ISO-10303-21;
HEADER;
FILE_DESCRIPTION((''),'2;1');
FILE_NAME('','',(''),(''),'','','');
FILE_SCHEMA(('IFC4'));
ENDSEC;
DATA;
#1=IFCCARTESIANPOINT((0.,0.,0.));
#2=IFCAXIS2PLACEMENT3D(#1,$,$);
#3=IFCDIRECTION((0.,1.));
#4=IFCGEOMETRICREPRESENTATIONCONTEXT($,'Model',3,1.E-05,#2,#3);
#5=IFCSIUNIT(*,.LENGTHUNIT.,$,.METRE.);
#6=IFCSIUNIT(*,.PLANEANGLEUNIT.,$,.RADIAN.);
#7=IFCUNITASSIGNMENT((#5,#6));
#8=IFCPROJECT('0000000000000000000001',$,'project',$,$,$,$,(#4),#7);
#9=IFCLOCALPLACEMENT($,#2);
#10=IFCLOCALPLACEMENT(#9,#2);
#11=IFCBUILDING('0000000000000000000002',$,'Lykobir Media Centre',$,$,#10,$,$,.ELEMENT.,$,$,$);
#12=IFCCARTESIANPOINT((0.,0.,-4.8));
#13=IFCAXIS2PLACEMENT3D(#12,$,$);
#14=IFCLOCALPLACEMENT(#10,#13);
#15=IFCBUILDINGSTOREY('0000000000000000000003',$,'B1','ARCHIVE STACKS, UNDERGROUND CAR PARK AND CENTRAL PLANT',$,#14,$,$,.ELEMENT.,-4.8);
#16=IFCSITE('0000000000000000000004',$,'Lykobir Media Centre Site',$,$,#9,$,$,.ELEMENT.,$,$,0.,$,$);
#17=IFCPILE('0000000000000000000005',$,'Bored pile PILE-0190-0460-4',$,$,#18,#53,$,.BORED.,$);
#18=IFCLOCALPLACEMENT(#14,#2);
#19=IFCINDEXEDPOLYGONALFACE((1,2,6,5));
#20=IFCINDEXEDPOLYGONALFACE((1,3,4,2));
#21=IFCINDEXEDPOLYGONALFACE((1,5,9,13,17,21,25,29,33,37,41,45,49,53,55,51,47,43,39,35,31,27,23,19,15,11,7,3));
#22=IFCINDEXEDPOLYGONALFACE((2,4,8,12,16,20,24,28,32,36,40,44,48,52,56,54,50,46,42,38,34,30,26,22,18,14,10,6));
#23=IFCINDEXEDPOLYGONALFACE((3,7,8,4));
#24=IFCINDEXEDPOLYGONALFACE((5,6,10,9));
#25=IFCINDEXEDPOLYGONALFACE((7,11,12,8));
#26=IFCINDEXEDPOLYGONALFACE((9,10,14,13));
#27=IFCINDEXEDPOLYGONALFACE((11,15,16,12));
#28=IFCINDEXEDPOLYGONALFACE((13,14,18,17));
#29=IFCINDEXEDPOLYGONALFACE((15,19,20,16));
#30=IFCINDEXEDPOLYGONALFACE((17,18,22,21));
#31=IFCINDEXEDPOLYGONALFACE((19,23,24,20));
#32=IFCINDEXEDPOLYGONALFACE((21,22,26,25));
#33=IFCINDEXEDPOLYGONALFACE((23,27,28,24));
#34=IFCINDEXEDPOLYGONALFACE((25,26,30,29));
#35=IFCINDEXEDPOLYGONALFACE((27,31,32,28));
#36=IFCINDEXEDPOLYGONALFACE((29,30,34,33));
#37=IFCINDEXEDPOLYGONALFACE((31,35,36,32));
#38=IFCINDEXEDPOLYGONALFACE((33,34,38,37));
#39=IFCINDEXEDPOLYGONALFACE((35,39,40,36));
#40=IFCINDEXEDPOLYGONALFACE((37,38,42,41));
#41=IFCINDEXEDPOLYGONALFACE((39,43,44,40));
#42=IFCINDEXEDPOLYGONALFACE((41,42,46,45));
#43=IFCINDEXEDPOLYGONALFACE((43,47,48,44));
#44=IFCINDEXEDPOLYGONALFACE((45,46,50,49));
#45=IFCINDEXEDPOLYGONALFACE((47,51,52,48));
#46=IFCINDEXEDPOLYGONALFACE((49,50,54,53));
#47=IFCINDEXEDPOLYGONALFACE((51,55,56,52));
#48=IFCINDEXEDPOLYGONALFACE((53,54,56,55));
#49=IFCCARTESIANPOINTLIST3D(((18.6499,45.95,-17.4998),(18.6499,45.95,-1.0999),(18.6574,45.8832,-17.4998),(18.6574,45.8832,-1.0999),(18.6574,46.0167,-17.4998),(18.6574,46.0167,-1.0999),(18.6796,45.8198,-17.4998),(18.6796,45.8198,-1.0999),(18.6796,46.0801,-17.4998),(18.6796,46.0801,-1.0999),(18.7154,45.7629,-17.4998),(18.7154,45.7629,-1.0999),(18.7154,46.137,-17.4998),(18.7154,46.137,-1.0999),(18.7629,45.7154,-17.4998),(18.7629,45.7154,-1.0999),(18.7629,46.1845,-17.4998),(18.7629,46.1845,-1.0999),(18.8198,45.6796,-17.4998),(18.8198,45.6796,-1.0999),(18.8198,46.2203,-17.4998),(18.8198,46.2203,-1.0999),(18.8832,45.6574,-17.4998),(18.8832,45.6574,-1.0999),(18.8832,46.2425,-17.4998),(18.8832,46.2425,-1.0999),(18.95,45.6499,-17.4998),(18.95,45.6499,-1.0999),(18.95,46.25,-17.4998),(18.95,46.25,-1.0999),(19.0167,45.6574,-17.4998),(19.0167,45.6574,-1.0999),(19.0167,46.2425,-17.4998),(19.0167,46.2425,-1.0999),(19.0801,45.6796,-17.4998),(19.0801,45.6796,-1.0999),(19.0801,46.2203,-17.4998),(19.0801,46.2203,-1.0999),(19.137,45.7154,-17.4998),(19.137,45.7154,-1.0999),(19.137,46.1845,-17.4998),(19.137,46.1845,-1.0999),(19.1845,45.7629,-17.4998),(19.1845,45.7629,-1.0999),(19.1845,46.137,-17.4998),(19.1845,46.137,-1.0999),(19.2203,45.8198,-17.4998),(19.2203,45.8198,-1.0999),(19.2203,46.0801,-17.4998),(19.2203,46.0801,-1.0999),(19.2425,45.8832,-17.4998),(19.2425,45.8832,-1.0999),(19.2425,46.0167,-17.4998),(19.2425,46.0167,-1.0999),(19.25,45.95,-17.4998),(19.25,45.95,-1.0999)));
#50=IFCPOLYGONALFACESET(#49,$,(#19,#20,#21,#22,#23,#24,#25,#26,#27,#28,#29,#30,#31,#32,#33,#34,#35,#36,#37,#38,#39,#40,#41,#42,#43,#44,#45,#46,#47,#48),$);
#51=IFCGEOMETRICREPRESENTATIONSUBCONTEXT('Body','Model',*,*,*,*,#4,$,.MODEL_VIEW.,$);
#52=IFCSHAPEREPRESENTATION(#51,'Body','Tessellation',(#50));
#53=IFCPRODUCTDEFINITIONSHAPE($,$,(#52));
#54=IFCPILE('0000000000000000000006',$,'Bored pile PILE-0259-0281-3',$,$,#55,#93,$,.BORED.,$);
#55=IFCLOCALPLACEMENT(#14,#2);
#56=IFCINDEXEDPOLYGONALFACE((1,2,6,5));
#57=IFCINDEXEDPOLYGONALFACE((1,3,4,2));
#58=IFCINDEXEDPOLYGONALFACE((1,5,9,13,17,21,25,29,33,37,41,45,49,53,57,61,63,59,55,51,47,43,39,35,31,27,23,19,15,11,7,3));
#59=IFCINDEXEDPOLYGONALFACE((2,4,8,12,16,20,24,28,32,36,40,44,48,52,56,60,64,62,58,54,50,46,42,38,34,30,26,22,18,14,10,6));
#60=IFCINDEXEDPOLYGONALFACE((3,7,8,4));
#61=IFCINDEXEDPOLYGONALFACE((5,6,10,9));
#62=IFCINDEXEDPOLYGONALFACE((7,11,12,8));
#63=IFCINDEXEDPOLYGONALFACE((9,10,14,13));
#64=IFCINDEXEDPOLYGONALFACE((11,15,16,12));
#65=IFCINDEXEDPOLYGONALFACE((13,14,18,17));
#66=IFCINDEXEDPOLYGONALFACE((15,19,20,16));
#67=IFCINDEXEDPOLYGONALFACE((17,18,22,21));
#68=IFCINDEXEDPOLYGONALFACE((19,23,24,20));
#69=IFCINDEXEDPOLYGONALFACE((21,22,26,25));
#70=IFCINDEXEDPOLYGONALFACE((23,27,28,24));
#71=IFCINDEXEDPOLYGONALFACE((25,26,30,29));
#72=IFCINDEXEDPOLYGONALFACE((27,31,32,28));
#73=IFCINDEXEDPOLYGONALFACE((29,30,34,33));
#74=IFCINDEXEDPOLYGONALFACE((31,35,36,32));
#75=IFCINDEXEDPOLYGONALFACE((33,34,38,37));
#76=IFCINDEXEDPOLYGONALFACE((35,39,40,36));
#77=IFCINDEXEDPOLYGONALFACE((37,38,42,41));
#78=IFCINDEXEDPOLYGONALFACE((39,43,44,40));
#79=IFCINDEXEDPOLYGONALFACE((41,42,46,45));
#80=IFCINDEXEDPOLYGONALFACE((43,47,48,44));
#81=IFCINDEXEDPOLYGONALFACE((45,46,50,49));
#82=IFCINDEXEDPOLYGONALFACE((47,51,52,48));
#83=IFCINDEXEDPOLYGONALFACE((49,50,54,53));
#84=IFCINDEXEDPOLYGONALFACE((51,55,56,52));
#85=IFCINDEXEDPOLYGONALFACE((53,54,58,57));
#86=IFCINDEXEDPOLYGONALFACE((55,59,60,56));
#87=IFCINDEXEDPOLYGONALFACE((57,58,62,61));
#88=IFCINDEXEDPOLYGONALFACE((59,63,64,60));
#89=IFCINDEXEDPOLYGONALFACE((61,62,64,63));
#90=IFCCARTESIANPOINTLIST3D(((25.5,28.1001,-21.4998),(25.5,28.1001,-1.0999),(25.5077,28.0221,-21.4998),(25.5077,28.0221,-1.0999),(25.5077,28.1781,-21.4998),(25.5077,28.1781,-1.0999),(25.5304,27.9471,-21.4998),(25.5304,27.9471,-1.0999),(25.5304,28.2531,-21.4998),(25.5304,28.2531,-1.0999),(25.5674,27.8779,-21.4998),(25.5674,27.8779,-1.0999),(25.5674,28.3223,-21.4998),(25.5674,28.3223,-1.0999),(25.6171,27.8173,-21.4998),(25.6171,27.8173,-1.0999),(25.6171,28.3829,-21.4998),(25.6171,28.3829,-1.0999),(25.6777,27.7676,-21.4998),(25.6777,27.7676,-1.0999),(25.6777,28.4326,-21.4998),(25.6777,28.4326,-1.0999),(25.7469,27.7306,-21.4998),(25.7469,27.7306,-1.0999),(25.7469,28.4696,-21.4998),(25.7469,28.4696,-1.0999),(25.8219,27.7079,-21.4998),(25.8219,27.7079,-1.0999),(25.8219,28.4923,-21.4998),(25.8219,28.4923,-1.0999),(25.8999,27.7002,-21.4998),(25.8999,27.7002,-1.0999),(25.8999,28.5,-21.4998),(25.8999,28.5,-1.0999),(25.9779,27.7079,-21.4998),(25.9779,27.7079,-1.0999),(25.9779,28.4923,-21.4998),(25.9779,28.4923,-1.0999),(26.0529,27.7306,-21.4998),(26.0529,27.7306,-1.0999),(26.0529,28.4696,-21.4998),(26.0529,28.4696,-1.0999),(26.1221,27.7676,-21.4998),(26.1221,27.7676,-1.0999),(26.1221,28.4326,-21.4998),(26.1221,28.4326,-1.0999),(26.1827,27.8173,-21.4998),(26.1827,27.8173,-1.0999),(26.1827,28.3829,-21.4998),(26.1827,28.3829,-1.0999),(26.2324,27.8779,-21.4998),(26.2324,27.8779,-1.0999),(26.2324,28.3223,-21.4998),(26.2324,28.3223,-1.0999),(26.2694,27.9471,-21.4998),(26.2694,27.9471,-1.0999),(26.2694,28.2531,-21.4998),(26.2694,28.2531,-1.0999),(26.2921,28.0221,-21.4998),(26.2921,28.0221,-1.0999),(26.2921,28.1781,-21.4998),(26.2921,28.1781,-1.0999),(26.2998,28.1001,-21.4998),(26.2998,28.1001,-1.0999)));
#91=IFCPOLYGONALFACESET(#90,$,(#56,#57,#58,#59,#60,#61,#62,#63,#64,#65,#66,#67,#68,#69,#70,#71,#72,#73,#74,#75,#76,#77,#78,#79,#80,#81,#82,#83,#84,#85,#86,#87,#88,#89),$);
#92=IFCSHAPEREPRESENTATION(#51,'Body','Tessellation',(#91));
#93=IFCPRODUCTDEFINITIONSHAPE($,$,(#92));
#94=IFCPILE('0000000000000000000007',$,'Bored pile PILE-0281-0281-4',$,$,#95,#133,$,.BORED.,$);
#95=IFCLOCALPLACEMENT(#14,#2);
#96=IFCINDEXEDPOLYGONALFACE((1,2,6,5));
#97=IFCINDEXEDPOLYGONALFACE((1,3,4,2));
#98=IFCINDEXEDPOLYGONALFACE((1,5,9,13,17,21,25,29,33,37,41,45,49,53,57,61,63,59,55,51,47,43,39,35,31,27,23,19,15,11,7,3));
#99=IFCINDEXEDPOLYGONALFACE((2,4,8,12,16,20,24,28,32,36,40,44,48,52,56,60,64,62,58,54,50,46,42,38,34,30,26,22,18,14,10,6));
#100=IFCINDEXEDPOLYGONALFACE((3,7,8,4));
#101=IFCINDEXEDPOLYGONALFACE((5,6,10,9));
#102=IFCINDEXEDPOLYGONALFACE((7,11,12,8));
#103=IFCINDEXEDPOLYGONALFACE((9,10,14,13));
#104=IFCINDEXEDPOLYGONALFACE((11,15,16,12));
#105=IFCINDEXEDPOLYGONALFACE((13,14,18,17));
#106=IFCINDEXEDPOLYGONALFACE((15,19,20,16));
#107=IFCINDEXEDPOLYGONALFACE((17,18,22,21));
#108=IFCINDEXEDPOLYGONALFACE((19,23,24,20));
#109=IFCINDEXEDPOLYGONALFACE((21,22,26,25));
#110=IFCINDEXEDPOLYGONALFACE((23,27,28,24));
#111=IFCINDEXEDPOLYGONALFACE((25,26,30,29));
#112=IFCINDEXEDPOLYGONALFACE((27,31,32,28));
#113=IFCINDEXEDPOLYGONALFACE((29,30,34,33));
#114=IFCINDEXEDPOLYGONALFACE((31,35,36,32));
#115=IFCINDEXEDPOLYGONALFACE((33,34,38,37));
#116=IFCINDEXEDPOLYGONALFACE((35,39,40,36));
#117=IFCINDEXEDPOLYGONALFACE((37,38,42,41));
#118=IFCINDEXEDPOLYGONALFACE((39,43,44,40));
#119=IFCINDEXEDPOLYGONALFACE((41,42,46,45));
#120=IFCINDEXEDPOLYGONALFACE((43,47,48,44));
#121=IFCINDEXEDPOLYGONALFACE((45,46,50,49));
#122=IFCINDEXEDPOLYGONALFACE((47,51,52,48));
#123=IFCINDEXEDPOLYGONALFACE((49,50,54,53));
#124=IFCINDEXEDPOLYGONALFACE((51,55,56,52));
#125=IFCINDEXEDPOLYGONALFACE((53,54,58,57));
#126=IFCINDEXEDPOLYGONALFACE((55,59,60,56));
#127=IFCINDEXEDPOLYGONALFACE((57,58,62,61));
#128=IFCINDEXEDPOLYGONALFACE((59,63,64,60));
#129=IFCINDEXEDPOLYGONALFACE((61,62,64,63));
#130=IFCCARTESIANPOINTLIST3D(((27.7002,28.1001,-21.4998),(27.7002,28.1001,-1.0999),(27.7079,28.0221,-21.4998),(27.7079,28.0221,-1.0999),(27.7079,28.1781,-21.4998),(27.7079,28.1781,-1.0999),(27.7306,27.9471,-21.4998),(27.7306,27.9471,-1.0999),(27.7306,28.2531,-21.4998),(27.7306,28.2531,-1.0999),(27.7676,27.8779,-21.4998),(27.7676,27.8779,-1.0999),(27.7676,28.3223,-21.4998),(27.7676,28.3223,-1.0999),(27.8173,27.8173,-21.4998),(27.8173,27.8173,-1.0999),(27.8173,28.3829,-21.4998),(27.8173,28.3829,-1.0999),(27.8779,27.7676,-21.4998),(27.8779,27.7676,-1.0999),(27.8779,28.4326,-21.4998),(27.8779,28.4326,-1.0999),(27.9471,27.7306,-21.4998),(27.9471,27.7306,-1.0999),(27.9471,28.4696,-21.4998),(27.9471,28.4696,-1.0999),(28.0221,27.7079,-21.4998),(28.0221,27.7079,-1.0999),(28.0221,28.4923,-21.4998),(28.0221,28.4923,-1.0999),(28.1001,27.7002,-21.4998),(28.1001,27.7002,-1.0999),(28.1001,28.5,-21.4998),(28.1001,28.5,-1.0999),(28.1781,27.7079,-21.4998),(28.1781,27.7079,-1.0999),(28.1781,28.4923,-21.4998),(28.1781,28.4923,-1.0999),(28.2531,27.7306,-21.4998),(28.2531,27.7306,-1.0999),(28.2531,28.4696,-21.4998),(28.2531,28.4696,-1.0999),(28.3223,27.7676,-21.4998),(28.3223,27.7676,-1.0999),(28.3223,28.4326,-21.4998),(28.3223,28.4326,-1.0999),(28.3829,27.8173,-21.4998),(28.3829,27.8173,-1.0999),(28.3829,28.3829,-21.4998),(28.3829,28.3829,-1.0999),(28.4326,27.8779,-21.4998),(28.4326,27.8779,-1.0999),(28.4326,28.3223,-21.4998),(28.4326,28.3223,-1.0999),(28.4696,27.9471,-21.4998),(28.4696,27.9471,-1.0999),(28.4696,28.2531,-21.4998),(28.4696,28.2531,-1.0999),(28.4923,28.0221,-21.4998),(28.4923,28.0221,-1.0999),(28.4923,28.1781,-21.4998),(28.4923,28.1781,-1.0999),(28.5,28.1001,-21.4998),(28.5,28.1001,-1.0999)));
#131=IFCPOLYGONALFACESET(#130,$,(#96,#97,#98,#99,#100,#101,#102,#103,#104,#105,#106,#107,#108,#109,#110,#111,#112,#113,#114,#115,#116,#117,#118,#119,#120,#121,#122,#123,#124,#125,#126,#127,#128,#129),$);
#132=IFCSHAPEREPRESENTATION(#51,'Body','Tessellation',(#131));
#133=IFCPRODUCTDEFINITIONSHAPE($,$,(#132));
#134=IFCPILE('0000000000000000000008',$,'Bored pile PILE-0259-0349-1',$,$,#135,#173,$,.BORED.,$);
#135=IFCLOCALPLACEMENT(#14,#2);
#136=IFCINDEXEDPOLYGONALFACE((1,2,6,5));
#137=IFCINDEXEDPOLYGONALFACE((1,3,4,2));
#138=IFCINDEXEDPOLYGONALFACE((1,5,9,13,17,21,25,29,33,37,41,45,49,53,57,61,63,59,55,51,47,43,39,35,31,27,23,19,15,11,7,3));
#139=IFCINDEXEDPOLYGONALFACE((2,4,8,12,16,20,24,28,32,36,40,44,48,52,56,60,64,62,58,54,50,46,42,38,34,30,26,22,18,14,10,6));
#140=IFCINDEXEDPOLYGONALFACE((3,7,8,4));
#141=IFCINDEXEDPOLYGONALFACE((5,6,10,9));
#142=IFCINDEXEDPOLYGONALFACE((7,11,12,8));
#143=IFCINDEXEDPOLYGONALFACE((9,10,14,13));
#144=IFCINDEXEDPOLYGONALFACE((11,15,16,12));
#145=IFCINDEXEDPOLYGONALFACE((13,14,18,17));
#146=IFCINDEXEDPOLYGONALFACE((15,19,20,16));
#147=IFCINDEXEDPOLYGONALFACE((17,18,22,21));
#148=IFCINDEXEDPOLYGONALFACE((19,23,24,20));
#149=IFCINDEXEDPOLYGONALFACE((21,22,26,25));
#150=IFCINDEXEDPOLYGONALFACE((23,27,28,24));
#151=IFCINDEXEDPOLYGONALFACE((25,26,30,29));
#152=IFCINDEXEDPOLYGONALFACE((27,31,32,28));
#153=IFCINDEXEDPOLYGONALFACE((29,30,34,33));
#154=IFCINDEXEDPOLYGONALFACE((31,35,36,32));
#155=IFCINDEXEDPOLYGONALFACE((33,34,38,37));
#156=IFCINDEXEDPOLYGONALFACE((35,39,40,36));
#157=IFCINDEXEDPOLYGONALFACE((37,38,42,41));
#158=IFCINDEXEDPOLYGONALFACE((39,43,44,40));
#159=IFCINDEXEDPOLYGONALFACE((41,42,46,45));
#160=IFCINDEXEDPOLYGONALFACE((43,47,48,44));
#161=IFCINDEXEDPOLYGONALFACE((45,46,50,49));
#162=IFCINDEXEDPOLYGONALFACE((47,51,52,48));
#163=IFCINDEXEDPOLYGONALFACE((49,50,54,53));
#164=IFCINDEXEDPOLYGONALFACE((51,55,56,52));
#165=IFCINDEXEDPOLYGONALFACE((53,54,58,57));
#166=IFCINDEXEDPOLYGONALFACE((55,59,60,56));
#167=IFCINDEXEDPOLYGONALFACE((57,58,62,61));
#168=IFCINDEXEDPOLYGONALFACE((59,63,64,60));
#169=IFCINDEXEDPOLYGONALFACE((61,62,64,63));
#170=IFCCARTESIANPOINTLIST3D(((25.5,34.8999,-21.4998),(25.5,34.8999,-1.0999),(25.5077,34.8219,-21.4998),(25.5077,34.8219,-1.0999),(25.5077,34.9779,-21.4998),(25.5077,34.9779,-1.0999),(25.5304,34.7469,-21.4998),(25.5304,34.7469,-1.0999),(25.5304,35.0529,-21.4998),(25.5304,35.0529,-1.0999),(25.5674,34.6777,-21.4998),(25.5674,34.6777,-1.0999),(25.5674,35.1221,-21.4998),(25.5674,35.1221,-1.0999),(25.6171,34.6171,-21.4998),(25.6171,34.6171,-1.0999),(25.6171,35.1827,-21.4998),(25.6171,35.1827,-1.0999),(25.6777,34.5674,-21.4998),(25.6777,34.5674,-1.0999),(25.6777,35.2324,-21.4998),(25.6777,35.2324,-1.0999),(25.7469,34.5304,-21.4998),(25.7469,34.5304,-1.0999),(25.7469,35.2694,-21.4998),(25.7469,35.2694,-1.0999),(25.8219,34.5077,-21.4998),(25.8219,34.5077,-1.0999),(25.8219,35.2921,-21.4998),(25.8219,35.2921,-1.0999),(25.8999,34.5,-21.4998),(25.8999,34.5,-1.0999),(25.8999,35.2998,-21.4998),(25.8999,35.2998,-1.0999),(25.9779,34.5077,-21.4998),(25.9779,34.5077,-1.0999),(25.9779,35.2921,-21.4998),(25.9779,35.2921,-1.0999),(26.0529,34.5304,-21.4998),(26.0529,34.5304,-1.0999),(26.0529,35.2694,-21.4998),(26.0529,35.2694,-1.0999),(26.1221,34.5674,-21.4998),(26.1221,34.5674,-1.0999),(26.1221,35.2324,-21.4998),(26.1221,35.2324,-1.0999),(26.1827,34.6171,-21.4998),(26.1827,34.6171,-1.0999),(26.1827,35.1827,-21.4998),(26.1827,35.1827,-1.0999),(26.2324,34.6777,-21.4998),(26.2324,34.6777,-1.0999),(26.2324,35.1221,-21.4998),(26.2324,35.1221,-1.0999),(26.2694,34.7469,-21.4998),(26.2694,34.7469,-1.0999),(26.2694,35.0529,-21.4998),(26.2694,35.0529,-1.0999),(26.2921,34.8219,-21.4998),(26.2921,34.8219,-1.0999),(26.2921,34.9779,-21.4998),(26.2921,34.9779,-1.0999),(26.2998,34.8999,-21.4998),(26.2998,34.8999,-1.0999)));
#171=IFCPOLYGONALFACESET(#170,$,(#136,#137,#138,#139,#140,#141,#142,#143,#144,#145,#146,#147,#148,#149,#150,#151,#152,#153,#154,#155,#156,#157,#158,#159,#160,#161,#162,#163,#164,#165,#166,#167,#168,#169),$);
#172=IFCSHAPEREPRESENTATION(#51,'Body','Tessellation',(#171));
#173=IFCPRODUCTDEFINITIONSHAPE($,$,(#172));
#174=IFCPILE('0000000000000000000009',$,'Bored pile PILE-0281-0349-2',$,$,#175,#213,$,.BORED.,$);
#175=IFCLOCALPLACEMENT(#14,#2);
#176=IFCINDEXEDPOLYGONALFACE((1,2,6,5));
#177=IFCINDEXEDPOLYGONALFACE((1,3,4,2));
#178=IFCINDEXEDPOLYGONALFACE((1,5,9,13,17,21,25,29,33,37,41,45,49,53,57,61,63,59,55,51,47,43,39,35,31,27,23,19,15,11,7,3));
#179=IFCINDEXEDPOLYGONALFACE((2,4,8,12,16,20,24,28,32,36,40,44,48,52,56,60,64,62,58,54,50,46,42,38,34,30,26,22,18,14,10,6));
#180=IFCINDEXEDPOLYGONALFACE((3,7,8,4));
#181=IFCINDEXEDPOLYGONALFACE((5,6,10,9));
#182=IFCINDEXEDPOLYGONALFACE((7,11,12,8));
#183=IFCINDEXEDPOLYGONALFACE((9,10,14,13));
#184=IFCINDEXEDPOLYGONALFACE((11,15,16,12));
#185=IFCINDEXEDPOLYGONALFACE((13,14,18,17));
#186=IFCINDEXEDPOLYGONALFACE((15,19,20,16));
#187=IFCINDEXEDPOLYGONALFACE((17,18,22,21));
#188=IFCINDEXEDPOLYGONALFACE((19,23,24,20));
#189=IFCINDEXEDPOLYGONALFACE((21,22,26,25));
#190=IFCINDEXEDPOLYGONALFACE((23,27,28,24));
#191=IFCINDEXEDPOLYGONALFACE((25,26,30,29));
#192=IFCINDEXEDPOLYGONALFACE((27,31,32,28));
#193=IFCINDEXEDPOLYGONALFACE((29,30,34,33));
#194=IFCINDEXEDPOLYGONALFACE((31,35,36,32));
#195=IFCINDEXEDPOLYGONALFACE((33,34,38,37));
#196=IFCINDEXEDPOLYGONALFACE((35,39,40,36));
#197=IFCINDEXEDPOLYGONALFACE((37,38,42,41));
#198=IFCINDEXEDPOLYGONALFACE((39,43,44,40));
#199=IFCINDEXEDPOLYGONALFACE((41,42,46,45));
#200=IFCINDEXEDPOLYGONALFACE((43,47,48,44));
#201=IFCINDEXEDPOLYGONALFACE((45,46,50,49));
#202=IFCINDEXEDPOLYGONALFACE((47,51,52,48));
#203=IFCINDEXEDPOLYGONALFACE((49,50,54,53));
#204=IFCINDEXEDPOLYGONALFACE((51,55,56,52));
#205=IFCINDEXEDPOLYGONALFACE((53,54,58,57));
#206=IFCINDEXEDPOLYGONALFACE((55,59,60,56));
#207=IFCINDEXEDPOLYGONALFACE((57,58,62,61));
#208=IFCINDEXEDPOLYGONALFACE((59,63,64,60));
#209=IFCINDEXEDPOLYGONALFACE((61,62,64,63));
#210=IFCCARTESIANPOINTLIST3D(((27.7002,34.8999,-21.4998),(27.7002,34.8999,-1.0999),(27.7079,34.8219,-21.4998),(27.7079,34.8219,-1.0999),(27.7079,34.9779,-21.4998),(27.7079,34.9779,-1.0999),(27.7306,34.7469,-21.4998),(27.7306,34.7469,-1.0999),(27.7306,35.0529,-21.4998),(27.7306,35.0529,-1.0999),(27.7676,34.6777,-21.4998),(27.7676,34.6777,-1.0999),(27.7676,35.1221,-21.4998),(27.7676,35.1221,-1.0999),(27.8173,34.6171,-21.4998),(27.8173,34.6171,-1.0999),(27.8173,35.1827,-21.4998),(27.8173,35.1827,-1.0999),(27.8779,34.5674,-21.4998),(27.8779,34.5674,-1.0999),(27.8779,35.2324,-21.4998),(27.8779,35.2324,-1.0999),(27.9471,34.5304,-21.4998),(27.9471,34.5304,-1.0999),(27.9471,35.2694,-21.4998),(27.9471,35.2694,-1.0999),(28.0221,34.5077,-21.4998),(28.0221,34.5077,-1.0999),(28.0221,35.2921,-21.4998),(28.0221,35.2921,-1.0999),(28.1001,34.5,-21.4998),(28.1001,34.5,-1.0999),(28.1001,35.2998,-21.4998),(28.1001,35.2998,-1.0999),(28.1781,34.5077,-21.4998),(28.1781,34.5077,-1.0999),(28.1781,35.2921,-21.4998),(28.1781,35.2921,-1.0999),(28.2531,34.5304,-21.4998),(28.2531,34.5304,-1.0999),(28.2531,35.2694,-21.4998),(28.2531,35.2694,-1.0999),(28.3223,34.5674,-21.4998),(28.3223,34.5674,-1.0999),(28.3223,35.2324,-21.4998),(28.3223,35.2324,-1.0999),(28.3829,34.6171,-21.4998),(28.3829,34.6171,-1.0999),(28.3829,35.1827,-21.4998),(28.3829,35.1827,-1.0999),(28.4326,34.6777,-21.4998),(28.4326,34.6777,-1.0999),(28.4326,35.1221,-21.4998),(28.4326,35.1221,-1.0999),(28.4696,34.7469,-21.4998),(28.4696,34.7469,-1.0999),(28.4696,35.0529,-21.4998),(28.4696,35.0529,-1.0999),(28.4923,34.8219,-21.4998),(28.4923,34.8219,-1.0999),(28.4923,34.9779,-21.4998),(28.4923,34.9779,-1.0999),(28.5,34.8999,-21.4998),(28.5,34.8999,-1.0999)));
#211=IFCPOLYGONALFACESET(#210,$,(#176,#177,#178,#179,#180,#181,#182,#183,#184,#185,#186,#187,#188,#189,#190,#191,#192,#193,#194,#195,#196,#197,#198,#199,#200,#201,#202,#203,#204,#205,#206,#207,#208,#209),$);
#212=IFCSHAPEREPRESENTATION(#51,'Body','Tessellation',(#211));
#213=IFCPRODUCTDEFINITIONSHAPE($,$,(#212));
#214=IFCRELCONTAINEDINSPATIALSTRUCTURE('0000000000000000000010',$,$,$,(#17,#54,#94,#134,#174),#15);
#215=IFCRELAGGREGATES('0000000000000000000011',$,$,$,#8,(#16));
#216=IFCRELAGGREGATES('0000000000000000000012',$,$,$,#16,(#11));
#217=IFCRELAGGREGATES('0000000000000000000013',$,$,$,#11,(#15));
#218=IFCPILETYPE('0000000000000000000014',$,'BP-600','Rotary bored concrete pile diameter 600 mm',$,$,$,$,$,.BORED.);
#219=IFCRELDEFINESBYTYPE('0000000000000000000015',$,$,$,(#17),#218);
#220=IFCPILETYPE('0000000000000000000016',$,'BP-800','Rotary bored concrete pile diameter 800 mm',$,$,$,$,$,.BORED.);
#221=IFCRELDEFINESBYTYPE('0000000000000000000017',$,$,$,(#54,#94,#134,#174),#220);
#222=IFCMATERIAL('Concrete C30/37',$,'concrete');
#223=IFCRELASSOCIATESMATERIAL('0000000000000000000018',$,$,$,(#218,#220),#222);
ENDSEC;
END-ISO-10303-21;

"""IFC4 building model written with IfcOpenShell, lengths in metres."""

from ifc_helpers import new_model, si_unit, direction, frame, origin, origin_2d, place, context, subcontext, project, spatial, circle, extrude, material, material_profile, profile_set, type_object, element, save


model = new_model("IFC4")

# Units and contexts
model_context = context("Model", 3, precision=1e-05, world=origin(), true_north=direction((0.0, 1.0)))
body_context = subcontext(model_context, "Body", "Model", "MODEL_VIEW")
ifc_project = project(units=[si_unit("LENGTHUNIT", "METRE"), si_unit("PLANEANGLEUNIT", "RADIAN")], contexts=[model_context])

# Site, building, storey
site_placement = place(None, origin())
site = spatial("IfcSite", under=ifc_project, at=site_placement, Name="Lykobir Media Centre Site", CompositionType="ELEMENT", RefElevation=0.0)
building_placement = place(site_placement, origin())
building = spatial("IfcBuilding", under=site, at=building_placement, Name="Lykobir Media Centre", CompositionType="ELEMENT")
storey_placement = place(building_placement, frame((0.0, 0.0, -4.8)))
storey = spatial("IfcBuildingStorey", under=building, at=storey_placement, Name="B1", Description="ARCHIVE STACKS, UNDERGROUND CAR PARK AND CENTRAL PLANT", CompositionType="ELEMENT", Elevation=-4.8)

# Piles
ifc_material_1 = material(Name="Concrete C30/37", Category="concrete")
ifc_material_profile_1 = material_profile(ifc_material_1, circle(Radius=0.3, at=origin_2d()), Name="BORED PILE D600")
ifc_profile_set_1 = profile_set([ifc_material_profile_1], Name="Concrete C30/37")
pile_type_1 = type_object("IfcPileType", Name="BP-600", Description="Rotary bored concrete pile diameter 600 mm", PredefinedType="BORED", material=ifc_profile_set_1)
for number, where, z_axis, x_axis, name in (
    (1, (18.95, 45.95, -1.0999), (0.0, 0.0, -1.0), (1.0, 0.0, 0.0), "Bored pile PILE-0190-0460-4"),
):
    element("IfcPile", number, at=place(storey_placement, frame(where, z_axis=z_axis, x_axis=x_axis)), inside=storey, type_object=pile_type_1, Name=name, PredefinedType="BORED", context=body_context, shape_type="SweptSolid", body=[
        extrude(circle(Radius=0.3, at=origin_2d()), origin(), (0.0, 0.0, 1.0), 16.3999),
    ])
ifc_material_profile_2 = material_profile(ifc_material_1, circle(Radius=0.3999, at=origin_2d()), Name="BORED PILE D800")
ifc_profile_set_2 = profile_set([ifc_material_profile_2], Name="Concrete C30/37")
pile_type_2 = type_object("IfcPileType", Name="BP-800", Description="Rotary bored concrete pile diameter 800 mm", PredefinedType="BORED", material=ifc_profile_set_2)
for number, where, z_axis, x_axis, name in (
    (2, (25.8999, 28.1001, -1.0999), (0.0, 0.0, -1.0), (1.0, 0.0, 0.0), "Bored pile PILE-0259-0281-3"),
    (3, (28.1001, 28.1001, -1.0999), (0.0, 0.0, -1.0), (1.0, 0.0, 0.0), "Bored pile PILE-0281-0281-4"),
    (4, (25.8999, 34.8999, -1.0999), (0.0, 0.0, -1.0), (1.0, 0.0, 0.0), "Bored pile PILE-0259-0349-1"),
    (5, (28.1001, 34.8999, -1.0999), (0.0, 0.0, -1.0), (1.0, 0.0, 0.0), "Bored pile PILE-0281-0349-2"),
):
    element("IfcPile", number, at=place(storey_placement, frame(where, z_axis=z_axis, x_axis=x_axis)), inside=storey, type_object=pile_type_2, Name=name, PredefinedType="BORED", context=body_context, shape_type="SweptSolid", body=[
        extrude(circle(Radius=0.3999, at=origin_2d()), origin(), (0.0, 0.0, 1.0), 20.3999),
    ])

save(model, "model.ifc")
